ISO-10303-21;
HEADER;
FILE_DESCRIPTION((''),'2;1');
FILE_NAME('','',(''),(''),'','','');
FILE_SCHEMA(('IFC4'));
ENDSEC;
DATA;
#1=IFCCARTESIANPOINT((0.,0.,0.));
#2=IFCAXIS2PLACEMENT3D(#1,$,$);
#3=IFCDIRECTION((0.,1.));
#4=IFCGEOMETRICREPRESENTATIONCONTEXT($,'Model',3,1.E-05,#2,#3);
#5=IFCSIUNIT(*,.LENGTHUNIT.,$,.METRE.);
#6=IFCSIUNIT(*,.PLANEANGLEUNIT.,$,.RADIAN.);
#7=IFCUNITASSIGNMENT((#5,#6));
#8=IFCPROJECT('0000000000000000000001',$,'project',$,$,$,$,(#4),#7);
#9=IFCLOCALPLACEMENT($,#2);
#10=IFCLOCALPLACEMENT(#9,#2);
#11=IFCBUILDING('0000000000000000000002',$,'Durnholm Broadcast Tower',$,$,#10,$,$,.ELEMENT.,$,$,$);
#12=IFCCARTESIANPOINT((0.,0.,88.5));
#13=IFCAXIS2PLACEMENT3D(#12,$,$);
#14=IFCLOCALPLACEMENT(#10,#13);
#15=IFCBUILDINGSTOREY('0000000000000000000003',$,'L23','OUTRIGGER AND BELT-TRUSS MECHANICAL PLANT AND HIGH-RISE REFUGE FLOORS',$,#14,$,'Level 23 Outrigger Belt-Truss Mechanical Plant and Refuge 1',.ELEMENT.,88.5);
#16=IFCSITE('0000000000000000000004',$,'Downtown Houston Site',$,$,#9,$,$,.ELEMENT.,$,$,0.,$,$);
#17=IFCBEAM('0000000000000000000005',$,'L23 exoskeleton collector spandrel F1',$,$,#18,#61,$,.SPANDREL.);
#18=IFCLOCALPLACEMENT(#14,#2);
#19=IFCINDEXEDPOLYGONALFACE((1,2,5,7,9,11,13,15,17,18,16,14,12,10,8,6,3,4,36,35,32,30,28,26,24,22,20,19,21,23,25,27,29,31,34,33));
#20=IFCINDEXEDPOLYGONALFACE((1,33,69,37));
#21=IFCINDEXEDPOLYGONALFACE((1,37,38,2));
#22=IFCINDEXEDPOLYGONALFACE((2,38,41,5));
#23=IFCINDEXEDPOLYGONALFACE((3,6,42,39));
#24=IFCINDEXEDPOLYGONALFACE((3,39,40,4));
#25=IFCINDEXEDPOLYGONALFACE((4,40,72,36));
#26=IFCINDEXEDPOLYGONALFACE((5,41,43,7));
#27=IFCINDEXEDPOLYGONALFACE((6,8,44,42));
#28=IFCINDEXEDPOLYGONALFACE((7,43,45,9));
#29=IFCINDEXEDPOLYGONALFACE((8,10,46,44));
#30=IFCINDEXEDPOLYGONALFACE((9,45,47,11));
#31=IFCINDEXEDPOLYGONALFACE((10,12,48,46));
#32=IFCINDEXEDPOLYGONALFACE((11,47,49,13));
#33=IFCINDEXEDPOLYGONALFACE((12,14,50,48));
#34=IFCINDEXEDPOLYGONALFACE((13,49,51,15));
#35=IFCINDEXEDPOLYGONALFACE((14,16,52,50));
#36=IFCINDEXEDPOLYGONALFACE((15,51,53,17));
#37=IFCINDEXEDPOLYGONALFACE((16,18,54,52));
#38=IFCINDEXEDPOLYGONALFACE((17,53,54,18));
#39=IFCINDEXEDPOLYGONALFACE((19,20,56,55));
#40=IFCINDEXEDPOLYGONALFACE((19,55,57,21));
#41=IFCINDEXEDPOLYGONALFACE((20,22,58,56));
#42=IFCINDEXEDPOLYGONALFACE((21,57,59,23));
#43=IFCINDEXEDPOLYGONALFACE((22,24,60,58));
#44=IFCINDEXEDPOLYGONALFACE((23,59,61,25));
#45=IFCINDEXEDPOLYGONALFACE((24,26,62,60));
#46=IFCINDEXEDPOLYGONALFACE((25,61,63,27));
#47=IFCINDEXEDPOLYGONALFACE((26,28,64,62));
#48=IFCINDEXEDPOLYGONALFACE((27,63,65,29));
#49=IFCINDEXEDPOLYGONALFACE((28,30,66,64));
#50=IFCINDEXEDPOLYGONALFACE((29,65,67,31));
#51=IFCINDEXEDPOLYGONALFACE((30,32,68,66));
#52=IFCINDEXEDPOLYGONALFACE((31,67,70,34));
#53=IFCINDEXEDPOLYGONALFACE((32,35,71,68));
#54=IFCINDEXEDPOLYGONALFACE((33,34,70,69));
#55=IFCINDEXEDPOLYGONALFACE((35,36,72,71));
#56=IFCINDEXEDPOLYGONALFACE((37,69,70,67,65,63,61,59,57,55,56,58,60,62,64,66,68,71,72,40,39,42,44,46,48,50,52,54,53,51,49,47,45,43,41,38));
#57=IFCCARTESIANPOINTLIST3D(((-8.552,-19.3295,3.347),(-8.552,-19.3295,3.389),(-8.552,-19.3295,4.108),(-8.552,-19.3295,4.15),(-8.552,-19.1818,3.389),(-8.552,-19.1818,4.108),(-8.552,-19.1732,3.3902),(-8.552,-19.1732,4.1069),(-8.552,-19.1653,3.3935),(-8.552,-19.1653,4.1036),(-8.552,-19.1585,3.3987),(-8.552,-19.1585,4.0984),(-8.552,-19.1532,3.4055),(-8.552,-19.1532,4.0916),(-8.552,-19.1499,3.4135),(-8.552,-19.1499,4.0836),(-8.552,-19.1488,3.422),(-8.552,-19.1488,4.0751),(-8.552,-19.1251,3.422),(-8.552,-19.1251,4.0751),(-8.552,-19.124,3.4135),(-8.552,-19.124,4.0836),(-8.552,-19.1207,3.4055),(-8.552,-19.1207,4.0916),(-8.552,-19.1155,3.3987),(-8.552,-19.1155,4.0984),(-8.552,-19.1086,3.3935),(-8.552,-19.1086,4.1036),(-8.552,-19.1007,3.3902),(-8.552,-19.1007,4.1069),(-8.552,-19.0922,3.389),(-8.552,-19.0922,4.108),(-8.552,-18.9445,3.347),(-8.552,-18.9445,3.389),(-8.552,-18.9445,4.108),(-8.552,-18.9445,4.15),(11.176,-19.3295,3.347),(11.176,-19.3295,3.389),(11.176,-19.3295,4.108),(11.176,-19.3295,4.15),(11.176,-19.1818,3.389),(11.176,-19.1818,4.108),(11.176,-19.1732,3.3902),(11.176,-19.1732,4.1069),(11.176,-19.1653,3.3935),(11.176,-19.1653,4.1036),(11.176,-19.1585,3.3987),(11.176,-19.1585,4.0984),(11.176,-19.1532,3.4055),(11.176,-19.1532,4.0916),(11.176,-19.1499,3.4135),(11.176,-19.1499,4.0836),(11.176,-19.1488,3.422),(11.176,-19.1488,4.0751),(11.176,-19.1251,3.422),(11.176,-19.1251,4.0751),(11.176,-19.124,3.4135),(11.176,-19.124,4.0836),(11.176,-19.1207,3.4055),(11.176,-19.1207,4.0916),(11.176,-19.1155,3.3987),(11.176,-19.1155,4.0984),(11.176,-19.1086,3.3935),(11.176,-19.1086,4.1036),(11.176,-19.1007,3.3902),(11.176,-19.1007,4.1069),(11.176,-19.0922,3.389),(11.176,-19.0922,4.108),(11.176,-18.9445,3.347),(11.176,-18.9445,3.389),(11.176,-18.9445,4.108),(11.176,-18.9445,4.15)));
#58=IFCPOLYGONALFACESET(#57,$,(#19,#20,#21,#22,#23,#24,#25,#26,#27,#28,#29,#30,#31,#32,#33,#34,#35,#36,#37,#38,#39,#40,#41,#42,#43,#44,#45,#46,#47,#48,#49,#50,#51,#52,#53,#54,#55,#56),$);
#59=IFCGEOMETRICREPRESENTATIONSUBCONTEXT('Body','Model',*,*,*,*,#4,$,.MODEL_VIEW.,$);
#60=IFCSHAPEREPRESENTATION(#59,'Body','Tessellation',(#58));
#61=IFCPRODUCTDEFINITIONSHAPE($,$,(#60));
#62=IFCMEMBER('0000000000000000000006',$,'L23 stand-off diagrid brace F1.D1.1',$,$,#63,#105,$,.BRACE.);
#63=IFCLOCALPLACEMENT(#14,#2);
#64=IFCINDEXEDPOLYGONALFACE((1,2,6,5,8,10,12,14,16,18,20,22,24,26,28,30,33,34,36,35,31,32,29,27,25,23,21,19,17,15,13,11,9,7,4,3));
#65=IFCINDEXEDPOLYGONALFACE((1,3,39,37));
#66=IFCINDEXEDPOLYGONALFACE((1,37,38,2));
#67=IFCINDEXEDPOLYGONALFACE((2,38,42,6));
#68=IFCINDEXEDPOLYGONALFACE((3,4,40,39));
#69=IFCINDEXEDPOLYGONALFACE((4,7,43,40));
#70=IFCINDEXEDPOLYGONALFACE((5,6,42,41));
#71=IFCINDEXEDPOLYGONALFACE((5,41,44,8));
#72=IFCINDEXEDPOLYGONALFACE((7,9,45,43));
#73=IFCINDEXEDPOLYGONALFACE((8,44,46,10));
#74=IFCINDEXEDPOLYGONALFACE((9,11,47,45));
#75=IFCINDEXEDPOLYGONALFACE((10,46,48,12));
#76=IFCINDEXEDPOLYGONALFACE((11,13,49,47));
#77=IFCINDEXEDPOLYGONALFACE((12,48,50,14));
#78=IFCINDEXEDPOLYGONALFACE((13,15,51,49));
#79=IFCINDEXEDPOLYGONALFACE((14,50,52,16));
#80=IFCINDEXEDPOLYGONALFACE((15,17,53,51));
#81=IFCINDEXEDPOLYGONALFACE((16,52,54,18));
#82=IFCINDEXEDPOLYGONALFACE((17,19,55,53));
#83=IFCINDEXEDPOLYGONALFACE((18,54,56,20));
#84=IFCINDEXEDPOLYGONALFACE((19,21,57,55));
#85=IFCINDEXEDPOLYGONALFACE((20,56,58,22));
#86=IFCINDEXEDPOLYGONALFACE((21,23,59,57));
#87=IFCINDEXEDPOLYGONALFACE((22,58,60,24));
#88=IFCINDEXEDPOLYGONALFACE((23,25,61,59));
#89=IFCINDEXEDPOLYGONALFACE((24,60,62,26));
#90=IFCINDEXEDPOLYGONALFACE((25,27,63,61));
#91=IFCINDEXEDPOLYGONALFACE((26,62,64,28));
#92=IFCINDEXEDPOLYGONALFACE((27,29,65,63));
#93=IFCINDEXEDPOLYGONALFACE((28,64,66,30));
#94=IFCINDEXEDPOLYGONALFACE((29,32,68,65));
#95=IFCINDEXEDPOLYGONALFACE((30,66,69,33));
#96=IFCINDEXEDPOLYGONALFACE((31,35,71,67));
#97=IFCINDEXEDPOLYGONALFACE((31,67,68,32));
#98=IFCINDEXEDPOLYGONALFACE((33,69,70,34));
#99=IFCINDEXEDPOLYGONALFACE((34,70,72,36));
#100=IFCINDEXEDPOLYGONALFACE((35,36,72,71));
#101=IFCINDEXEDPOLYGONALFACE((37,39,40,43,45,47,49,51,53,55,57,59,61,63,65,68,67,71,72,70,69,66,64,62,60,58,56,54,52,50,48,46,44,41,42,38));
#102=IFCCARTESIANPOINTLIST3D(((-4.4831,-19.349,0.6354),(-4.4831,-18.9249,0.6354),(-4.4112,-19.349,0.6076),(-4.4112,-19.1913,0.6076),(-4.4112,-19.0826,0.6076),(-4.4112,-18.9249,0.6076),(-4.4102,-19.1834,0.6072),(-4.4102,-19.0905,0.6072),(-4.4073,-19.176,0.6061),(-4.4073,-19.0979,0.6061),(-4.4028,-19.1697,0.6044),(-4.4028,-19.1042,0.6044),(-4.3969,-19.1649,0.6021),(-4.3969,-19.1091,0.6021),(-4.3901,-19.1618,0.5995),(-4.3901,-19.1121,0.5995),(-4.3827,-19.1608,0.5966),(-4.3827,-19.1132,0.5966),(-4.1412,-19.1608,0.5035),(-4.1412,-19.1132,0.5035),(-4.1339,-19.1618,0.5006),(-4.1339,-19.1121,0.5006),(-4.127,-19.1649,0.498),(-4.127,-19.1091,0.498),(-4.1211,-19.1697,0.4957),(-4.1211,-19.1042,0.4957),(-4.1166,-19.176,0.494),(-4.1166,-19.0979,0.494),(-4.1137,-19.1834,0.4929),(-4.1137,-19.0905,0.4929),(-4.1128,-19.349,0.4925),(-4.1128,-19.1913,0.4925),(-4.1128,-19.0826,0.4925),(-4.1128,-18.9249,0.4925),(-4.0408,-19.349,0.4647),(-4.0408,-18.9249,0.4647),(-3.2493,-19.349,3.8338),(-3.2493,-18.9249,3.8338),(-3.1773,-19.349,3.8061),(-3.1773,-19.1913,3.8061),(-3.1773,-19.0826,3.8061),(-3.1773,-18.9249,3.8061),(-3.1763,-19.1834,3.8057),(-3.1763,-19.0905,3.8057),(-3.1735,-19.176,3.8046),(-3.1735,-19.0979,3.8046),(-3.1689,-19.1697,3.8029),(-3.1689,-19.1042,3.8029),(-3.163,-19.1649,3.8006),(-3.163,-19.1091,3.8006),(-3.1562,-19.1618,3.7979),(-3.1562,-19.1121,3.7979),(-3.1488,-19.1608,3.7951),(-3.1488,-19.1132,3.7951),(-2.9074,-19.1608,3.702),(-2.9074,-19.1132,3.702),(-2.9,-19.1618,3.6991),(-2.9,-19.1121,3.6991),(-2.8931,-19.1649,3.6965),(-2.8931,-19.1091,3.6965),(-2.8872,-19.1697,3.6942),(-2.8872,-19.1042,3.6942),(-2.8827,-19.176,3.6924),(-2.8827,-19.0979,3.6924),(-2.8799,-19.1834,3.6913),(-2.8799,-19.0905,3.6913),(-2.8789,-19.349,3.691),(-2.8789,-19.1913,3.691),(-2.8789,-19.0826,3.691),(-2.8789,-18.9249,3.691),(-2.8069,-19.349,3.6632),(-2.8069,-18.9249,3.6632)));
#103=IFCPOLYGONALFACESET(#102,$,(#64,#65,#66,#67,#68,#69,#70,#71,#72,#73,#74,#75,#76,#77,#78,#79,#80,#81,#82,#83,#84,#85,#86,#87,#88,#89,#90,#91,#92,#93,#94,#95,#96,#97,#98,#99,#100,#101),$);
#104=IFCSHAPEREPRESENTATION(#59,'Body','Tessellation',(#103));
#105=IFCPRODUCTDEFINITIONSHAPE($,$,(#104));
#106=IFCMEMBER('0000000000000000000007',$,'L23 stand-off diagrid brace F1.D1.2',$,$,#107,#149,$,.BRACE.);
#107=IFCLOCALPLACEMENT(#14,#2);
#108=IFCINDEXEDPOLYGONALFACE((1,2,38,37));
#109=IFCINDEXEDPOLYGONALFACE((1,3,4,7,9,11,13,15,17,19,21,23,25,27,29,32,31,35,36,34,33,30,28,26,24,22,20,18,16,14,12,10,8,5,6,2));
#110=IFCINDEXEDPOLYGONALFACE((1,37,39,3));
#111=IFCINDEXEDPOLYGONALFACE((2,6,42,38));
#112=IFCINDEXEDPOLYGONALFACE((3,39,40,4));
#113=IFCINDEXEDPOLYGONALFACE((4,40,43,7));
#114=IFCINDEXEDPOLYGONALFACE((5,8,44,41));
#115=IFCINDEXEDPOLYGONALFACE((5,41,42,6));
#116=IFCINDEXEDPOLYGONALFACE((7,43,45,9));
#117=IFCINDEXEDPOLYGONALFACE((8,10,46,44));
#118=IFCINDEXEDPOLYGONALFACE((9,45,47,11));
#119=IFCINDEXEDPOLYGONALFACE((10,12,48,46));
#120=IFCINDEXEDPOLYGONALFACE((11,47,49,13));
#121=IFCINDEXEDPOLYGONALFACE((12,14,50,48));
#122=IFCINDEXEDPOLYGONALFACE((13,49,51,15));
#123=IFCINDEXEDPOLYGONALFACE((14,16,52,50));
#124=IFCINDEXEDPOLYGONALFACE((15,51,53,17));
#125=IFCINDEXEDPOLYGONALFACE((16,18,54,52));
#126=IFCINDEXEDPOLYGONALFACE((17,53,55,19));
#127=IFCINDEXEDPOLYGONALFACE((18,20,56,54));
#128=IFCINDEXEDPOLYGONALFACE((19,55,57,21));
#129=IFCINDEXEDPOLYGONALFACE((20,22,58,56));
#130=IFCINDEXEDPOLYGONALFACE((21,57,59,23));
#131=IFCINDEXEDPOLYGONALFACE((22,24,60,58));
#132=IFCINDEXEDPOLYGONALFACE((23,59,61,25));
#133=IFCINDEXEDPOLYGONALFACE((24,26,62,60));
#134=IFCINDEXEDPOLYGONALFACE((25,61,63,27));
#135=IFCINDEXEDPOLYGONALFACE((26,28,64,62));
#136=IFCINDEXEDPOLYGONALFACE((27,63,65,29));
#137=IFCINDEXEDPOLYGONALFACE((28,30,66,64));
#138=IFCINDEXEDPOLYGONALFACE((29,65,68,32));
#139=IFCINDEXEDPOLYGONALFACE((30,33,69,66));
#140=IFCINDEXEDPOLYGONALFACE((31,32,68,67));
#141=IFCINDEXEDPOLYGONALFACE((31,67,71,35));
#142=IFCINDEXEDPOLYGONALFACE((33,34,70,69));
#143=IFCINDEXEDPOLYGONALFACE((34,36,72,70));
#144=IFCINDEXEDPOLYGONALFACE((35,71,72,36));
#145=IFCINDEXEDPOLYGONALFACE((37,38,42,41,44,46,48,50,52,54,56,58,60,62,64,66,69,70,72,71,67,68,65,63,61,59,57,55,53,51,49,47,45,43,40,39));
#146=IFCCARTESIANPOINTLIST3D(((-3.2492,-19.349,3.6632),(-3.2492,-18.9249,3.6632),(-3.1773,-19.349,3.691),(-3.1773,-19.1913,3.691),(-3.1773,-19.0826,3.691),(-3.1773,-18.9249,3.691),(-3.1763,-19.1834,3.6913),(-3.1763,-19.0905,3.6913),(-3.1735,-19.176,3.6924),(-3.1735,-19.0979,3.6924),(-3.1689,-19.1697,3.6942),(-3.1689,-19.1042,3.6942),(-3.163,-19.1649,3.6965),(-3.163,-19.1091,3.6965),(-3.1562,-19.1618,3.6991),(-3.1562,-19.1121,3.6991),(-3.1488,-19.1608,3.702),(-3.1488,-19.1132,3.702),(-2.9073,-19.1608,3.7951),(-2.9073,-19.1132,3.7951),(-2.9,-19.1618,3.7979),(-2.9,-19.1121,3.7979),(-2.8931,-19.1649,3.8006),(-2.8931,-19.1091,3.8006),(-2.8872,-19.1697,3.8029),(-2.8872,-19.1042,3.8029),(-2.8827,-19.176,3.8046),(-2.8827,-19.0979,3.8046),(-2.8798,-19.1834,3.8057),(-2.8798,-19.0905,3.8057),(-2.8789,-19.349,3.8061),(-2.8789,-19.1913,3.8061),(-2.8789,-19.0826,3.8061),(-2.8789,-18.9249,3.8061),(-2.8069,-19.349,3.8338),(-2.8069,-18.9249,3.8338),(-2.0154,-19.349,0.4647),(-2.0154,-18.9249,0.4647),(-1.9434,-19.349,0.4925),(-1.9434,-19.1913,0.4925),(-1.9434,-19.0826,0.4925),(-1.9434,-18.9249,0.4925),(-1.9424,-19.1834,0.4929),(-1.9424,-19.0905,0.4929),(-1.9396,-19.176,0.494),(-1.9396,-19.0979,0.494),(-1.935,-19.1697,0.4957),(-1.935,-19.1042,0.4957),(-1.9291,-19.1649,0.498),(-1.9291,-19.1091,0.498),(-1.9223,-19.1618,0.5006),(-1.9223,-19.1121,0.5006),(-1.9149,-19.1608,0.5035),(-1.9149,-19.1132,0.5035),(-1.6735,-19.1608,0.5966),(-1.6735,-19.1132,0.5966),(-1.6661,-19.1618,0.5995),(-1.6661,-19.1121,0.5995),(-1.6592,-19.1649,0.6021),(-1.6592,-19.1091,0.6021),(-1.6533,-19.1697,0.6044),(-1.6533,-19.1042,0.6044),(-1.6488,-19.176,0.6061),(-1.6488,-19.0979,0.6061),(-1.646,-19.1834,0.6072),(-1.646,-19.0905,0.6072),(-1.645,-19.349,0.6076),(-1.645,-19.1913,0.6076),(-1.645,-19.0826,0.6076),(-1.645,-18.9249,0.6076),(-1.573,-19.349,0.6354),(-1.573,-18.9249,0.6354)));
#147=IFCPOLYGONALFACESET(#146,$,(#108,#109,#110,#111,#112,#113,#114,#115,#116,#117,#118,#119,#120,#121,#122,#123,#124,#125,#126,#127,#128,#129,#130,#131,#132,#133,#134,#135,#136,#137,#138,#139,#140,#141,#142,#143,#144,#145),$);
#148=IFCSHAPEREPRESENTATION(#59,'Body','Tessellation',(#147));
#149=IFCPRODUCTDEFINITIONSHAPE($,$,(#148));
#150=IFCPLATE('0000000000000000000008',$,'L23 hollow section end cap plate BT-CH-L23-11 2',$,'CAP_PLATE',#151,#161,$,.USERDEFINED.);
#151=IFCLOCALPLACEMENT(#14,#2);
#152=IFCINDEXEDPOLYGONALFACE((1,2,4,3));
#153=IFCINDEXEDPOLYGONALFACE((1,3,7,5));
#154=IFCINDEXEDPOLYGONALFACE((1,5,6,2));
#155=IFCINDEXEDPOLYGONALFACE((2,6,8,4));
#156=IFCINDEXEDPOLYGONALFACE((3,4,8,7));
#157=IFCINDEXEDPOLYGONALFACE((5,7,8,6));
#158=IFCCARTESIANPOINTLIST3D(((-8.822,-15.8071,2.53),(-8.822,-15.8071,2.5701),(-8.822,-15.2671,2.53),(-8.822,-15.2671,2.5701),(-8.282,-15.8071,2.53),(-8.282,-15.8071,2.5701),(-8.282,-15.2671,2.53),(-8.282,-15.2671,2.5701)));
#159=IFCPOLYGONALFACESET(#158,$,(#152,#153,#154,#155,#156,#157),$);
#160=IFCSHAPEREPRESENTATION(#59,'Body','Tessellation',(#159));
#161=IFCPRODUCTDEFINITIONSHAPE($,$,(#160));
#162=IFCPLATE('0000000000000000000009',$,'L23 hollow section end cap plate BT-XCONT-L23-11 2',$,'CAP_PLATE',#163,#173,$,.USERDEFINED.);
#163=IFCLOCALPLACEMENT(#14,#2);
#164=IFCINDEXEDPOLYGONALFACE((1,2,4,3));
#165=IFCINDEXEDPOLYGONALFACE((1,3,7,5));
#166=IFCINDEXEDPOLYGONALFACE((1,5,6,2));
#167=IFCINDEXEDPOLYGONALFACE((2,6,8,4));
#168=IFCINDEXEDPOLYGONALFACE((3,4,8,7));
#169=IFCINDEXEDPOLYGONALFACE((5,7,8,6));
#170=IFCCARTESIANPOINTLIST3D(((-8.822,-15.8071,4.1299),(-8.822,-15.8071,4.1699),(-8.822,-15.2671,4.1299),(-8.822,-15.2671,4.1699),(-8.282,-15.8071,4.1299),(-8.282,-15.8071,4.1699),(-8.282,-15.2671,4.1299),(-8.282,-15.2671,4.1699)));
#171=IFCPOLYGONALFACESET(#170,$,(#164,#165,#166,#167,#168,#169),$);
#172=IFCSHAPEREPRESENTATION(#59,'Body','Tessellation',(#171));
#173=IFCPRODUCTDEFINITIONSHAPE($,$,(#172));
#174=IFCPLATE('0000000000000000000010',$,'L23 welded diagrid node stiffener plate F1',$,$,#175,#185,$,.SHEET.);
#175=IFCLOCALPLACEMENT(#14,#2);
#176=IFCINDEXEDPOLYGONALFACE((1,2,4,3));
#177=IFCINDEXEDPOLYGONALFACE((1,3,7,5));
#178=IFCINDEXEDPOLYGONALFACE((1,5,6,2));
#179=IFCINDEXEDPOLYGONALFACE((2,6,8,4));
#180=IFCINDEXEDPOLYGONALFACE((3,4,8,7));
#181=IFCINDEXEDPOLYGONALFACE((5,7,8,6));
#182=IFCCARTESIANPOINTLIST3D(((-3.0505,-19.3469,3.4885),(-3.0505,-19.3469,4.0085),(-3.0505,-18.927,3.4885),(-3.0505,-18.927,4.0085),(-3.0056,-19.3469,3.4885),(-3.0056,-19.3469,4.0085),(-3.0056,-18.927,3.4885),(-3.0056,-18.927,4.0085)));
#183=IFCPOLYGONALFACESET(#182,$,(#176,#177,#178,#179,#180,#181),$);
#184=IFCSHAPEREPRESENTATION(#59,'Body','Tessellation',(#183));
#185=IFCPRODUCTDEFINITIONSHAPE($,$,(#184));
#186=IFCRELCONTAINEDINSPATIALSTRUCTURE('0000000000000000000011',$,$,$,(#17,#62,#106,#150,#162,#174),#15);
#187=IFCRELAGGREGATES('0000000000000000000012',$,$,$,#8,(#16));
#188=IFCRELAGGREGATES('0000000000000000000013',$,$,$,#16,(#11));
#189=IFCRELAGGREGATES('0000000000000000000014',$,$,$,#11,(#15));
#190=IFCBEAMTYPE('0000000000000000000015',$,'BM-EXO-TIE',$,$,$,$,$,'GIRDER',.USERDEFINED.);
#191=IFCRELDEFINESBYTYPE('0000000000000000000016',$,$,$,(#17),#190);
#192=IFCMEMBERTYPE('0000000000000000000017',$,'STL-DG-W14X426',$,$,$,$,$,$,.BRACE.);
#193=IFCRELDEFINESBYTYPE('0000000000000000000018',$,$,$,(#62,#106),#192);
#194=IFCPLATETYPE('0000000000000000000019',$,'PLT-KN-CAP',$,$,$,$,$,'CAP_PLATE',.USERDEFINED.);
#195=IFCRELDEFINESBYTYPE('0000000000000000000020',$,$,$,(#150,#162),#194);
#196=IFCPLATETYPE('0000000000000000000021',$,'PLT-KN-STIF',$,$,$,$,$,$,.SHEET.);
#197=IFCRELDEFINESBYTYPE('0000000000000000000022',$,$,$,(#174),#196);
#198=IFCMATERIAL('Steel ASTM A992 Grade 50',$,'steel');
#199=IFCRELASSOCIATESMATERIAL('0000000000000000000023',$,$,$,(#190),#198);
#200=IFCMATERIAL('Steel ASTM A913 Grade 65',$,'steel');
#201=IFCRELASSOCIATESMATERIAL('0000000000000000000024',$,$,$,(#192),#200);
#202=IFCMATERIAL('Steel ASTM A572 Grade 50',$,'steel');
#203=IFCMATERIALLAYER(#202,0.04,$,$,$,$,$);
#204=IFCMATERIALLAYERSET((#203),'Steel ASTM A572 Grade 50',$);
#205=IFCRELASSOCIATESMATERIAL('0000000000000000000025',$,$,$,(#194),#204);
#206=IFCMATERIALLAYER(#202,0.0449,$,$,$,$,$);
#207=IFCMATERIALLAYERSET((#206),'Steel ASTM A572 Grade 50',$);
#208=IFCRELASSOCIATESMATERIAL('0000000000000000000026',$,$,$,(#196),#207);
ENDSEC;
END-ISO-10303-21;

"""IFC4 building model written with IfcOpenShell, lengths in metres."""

from ifc_helpers import new_model, si_unit, direction, frame, origin, origin_2d, place, context, subcontext, project, spatial, rectangle, i_section, extrude, source, transform, mapped, material, layer, layer_set, material_profile, profile_set, type_object, type_shapes, element, save


model = new_model("IFC4")

# Units and contexts
model_context = context("Model", 3, precision=1e-05, world=origin(), true_north=direction((0.0, 1.0)))
body_context = subcontext(model_context, "Body", "Model", "MODEL_VIEW")
ifc_project = project(units=[si_unit("LENGTHUNIT", "METRE"), si_unit("PLANEANGLEUNIT", "RADIAN")], contexts=[model_context])

# Site, building, storey
site_placement = place(None, origin())
site = spatial("IfcSite", under=ifc_project, at=site_placement, Name="Downtown Houston Site", CompositionType="ELEMENT", RefElevation=0.0)
building_placement = place(site_placement, origin())
building = spatial("IfcBuilding", under=site, at=building_placement, Name="Durnholm Broadcast Tower", CompositionType="ELEMENT")
storey_placement = place(building_placement, frame((0.0, 0.0, 88.5)))
storey = spatial("IfcBuildingStorey", under=building, at=storey_placement, Name="L23", Description="OUTRIGGER AND BELT-TRUSS MECHANICAL PLANT AND HIGH-RISE REFUGE FLOORS", LongName="Level 23 Outrigger Belt-Truss Mechanical Plant and Refuge 1", CompositionType="ELEMENT", Elevation=88.5)

# Shared definitions
ifc_material_1 = material(Name="Steel ASTM A992 Grade 50", Category="steel")
ifc_material_profile_1 = material_profile(ifc_material_1, i_section(OverallWidth=0.385, OverallDepth=0.803, WebThickness=0.0237, FlangeThickness=0.042, FilletRadius=0.033, at=origin_2d()), Name="W30X261")
ifc_profile_set_1 = profile_set([ifc_material_profile_1], Name="Steel ASTM A992 Grade 50")
beam_type_1 = type_object("IfcBeamType", Name="BM-EXO-TIE", ElementType="GIRDER", PredefinedType="USERDEFINED", material=ifc_profile_set_1)

# Shared definitions
ifc_material_2 = material(Name="Steel ASTM A913 Grade 65", Category="steel")

# Beam
shared_shape_1 = source(origin(), body_context, "Body", "SweptSolid", [
    extrude(i_section(OverallWidth=0.385, OverallDepth=0.803, WebThickness=0.0237, FlangeThickness=0.042, FilletRadius=0.033, at=origin_2d()), origin(), (0.0, 0.0, 1.0), 19.728),
])
for number, where, z_axis, x_axis, name in (
    (1, (-8.552, -19.137, 3.7485), (1.0, 0.0, 0.0), (0.0, 1.0, 0.0), "L23 exoskeleton collector spandrel F1"),
):
    element("IfcBeam", number, at=place(storey_placement, frame(where, z_axis=z_axis, x_axis=x_axis)), inside=storey, type_object=beam_type_1, Name=name, PredefinedType="SPANDREL", context=body_context, shape_type="MappedRepresentation", body=[
        mapped(shared_shape_1, transform((0.0, 0.0, 0.0), x_axis=(1.0, 0.0, 0.0), y_axis=(0.0, 1.0, 0.0), z_axis=(0.0, 0.0, 1.0), scale=1.0)),
    ])

# Members
ifc_material_profile_2 = material_profile(ifc_material_2, i_section(OverallWidth=0.4241, OverallDepth=0.4741, WebThickness=0.0476, FlangeThickness=0.0771, FilletRadius=0.0305, at=origin_2d()), Name="W14X426")
ifc_profile_set_2 = profile_set([ifc_material_profile_2], Name="Steel ASTM A913 Grade 65")
member_type_1 = type_object("IfcMemberType", Name="STL-DG-W14X426", PredefinedType="BRACE", material=ifc_profile_set_2)
shared_shape_2 = source(origin(), body_context, "Body", "SweptSolid", [
    extrude(i_section(OverallWidth=0.4241, OverallDepth=0.4741, WebThickness=0.0476, FlangeThickness=0.0771, FilletRadius=0.0305, at=origin_2d()), origin(), (0.0, 0.0, 1.0), 3.4282),
])
type_shapes(member_type_1, [shared_shape_2])
for number, where, z_axis, x_axis, name in (
    (2, (-4.262, -19.137, 0.55), (0.359919, 0.0, 0.932984), (0.0, 1.0, 0.0), "L23 stand-off diagrid brace F1.D1.1"),
    (3, (-1.7942, -19.137, 0.55), (-0.359919, 0.0, 0.932984), (0.0, -1.0, 0.0), "L23 stand-off diagrid brace F1.D1.2"),
):
    element("IfcMember", number, at=place(storey_placement, frame(where, z_axis=z_axis, x_axis=x_axis)), inside=storey, type_object=member_type_1, Name=name, PredefinedType="BRACE", context=body_context, shape_type="MappedRepresentation", body=[
        mapped(shared_shape_2, transform((0.0, 0.0, 0.0), x_axis=(1.0, 0.0, 0.0), y_axis=(0.0, 1.0, 0.0), z_axis=(0.0, 0.0, 1.0), scale=1.0)),
    ])

# Plates
ifc_material_3 = material(Name="Steel ASTM A572 Grade 50", Category="steel")
ifc_layer_1 = layer(ifc_material_3, 0.04)
ifc_layer_set_1 = layer_set([ifc_layer_1], Name="Steel ASTM A572 Grade 50")
plate_type_1 = type_object("IfcPlateType", Name="PLT-KN-CAP", ElementType="CAP_PLATE", PredefinedType="USERDEFINED", material=ifc_layer_set_1)
shared_shape_3 = source(origin(), body_context, "Body", "SweptSolid", [
    extrude(rectangle(XDim=0.54, YDim=0.54, at=origin_2d()), origin(), (0.0, 0.0, 1.0), 0.04),
])
type_shapes(plate_type_1, [shared_shape_3])
for number, where, z_axis, x_axis, name in (
    (4, (-8.552, -15.5371, 2.53), (0.0, 0.0, 1.0), (-1.0, 0.0, 0.0), "L23 hollow section end cap plate BT-CH-L23-11 2"),
    (5, (-8.552, -15.5371, 4.1299), (0.0, 0.0, 1.0), (-1.0, 0.0, 0.0), "L23 hollow section end cap plate BT-XCONT-L23-11 2"),
):
    element("IfcPlate", number, at=place(storey_placement, frame(where, z_axis=z_axis, x_axis=x_axis)), inside=storey, type_object=plate_type_1, Name=name, ObjectType="CAP_PLATE", PredefinedType="USERDEFINED", context=body_context, shape_type="MappedRepresentation", body=[
        mapped(shared_shape_3, transform((0.0, 0.0, 0.0), x_axis=(1.0, 0.0, 0.0), y_axis=(0.0, 1.0, 0.0), z_axis=(0.0, 0.0, 1.0), scale=1.0)),
    ])
ifc_layer_2 = layer(ifc_material_3, 0.0449)
ifc_layer_set_2 = layer_set([ifc_layer_2], Name="Steel ASTM A572 Grade 50")
plate_type_2 = type_object("IfcPlateType", Name="PLT-KN-STIF", PredefinedType="SHEET", material=ifc_layer_set_2)
shared_shape_4 = source(origin(), body_context, "Body", "SweptSolid", [
    extrude(rectangle(XDim=0.0449, YDim=0.4199, at=origin_2d()), origin(), (0.0, 0.0, 1.0), 0.52),
])
type_shapes(plate_type_2, [shared_shape_4])
plate_1_placement = place(storey_placement, frame((-3.0281, -19.137, 3.4885), z_axis=(0.0, 0.0, 1.0), x_axis=(1.0, 0.0, 0.0)))
element("IfcPlate", 6, at=plate_1_placement, inside=storey, type_object=plate_type_2, Name="L23 welded diagrid node stiffener plate F1", PredefinedType="SHEET", context=body_context, shape_type="MappedRepresentation", body=[
    mapped(shared_shape_4, transform((0.0, 0.0, 0.0), x_axis=(1.0, 0.0, 0.0), y_axis=(0.0, 1.0, 0.0), z_axis=(0.0, 0.0, 1.0), scale=1.0)),
])

save(model, "model.ifc")
